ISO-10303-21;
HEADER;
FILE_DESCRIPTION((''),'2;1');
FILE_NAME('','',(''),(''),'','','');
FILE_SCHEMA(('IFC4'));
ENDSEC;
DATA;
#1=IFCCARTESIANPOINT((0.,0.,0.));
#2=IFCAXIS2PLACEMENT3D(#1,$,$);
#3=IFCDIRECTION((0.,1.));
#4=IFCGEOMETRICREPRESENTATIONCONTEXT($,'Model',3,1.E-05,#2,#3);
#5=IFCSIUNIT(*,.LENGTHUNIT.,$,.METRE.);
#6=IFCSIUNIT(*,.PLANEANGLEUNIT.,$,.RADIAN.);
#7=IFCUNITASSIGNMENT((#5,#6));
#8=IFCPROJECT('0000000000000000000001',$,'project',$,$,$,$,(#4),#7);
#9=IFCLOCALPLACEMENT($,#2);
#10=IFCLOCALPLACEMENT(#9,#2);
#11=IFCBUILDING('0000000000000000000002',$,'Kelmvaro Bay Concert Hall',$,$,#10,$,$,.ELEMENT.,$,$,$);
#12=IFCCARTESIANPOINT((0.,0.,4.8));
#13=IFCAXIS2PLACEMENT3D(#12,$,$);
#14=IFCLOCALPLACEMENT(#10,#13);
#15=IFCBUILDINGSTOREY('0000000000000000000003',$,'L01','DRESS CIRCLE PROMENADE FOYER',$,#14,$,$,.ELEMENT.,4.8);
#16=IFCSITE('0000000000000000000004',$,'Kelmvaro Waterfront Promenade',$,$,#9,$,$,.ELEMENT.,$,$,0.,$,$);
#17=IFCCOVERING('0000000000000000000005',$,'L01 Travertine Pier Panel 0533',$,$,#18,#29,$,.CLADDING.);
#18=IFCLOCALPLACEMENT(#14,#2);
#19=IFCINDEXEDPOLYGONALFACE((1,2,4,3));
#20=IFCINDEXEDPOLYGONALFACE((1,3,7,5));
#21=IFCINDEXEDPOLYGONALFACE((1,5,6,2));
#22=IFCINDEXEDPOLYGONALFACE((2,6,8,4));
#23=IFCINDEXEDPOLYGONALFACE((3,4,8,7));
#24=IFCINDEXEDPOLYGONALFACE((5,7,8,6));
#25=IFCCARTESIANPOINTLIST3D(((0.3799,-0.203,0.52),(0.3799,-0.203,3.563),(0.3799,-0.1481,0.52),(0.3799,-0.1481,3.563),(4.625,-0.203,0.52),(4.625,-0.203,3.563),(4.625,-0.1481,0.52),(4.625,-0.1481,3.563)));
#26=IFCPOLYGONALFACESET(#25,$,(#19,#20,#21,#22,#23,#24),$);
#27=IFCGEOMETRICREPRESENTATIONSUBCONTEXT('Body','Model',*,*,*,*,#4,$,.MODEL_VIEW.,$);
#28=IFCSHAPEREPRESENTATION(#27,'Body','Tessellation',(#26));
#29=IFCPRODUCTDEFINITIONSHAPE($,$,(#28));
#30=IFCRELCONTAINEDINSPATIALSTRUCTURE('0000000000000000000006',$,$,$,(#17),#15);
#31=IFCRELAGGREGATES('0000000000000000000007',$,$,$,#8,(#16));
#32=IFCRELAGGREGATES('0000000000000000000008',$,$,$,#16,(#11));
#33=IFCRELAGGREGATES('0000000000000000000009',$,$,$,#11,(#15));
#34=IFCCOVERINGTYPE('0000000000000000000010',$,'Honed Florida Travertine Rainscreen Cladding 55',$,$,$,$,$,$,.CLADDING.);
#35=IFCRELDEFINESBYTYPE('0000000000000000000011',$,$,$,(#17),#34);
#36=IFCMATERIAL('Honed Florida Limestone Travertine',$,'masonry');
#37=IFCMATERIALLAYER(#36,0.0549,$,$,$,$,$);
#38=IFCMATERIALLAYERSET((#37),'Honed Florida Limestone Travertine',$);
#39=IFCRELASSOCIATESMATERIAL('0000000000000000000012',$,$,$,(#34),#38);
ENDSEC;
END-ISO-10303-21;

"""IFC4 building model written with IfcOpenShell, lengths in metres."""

from ifc_helpers import new_model, si_unit, direction, frame, origin, origin_2d, place, context, subcontext, project, spatial, rectangle, extrude, material, layer, layer_set, type_object, element, save


model = new_model("IFC4")

# Units and contexts
model_context = context("Model", 3, precision=1e-05, world=origin(), true_north=direction((0.0, 1.0)))
body_context = subcontext(model_context, "Body", "Model", "MODEL_VIEW")
ifc_project = project(units=[si_unit("LENGTHUNIT", "METRE"), si_unit("PLANEANGLEUNIT", "RADIAN")], contexts=[model_context])

# Site, building, storey
site_placement = place(None, origin())
site = spatial("IfcSite", under=ifc_project, at=site_placement, Name="Kelmvaro Waterfront Promenade", CompositionType="ELEMENT", RefElevation=0.0)
building_placement = place(site_placement, origin())
building = spatial("IfcBuilding", under=site, at=building_placement, Name="Kelmvaro Bay Concert Hall", CompositionType="ELEMENT")
storey_placement = place(building_placement, frame((0.0, 0.0, 4.8)))
storey = spatial("IfcBuildingStorey", under=building, at=storey_placement, Name="L01", Description="DRESS CIRCLE PROMENADE FOYER", CompositionType="ELEMENT", Elevation=4.8)

# Covering
ifc_material_1 = material(Name="Honed Florida Limestone Travertine", Category="masonry")
ifc_layer_1 = layer(ifc_material_1, 0.0549)
ifc_layer_set_1 = layer_set([ifc_layer_1], Name="Honed Florida Limestone Travertine")
covering_type_1 = type_object("IfcCoveringType", Name="Honed Florida Travertine Rainscreen Cladding 55", PredefinedType="CLADDING", material=ifc_layer_set_1)
for number, where, z_axis, x_axis, name in (
    (1, (2.5024, -0.1755, 0.52), (0.0, 0.0, 1.0), (-1.0, 0.0, 0.0), "L01 Travertine Pier Panel 0533"),
):
    element("IfcCovering", number, at=place(storey_placement, frame(where, z_axis=z_axis, x_axis=x_axis)), inside=storey, type_object=covering_type_1, Name=name, PredefinedType="CLADDING", context=body_context, shape_type="SweptSolid", body=[
        extrude(rectangle(XDim=4.2451, YDim=0.0549, at=origin_2d()), origin(), (0.0, 0.0, 1.0), 3.043),
    ])

save(model, "model.ifc")
